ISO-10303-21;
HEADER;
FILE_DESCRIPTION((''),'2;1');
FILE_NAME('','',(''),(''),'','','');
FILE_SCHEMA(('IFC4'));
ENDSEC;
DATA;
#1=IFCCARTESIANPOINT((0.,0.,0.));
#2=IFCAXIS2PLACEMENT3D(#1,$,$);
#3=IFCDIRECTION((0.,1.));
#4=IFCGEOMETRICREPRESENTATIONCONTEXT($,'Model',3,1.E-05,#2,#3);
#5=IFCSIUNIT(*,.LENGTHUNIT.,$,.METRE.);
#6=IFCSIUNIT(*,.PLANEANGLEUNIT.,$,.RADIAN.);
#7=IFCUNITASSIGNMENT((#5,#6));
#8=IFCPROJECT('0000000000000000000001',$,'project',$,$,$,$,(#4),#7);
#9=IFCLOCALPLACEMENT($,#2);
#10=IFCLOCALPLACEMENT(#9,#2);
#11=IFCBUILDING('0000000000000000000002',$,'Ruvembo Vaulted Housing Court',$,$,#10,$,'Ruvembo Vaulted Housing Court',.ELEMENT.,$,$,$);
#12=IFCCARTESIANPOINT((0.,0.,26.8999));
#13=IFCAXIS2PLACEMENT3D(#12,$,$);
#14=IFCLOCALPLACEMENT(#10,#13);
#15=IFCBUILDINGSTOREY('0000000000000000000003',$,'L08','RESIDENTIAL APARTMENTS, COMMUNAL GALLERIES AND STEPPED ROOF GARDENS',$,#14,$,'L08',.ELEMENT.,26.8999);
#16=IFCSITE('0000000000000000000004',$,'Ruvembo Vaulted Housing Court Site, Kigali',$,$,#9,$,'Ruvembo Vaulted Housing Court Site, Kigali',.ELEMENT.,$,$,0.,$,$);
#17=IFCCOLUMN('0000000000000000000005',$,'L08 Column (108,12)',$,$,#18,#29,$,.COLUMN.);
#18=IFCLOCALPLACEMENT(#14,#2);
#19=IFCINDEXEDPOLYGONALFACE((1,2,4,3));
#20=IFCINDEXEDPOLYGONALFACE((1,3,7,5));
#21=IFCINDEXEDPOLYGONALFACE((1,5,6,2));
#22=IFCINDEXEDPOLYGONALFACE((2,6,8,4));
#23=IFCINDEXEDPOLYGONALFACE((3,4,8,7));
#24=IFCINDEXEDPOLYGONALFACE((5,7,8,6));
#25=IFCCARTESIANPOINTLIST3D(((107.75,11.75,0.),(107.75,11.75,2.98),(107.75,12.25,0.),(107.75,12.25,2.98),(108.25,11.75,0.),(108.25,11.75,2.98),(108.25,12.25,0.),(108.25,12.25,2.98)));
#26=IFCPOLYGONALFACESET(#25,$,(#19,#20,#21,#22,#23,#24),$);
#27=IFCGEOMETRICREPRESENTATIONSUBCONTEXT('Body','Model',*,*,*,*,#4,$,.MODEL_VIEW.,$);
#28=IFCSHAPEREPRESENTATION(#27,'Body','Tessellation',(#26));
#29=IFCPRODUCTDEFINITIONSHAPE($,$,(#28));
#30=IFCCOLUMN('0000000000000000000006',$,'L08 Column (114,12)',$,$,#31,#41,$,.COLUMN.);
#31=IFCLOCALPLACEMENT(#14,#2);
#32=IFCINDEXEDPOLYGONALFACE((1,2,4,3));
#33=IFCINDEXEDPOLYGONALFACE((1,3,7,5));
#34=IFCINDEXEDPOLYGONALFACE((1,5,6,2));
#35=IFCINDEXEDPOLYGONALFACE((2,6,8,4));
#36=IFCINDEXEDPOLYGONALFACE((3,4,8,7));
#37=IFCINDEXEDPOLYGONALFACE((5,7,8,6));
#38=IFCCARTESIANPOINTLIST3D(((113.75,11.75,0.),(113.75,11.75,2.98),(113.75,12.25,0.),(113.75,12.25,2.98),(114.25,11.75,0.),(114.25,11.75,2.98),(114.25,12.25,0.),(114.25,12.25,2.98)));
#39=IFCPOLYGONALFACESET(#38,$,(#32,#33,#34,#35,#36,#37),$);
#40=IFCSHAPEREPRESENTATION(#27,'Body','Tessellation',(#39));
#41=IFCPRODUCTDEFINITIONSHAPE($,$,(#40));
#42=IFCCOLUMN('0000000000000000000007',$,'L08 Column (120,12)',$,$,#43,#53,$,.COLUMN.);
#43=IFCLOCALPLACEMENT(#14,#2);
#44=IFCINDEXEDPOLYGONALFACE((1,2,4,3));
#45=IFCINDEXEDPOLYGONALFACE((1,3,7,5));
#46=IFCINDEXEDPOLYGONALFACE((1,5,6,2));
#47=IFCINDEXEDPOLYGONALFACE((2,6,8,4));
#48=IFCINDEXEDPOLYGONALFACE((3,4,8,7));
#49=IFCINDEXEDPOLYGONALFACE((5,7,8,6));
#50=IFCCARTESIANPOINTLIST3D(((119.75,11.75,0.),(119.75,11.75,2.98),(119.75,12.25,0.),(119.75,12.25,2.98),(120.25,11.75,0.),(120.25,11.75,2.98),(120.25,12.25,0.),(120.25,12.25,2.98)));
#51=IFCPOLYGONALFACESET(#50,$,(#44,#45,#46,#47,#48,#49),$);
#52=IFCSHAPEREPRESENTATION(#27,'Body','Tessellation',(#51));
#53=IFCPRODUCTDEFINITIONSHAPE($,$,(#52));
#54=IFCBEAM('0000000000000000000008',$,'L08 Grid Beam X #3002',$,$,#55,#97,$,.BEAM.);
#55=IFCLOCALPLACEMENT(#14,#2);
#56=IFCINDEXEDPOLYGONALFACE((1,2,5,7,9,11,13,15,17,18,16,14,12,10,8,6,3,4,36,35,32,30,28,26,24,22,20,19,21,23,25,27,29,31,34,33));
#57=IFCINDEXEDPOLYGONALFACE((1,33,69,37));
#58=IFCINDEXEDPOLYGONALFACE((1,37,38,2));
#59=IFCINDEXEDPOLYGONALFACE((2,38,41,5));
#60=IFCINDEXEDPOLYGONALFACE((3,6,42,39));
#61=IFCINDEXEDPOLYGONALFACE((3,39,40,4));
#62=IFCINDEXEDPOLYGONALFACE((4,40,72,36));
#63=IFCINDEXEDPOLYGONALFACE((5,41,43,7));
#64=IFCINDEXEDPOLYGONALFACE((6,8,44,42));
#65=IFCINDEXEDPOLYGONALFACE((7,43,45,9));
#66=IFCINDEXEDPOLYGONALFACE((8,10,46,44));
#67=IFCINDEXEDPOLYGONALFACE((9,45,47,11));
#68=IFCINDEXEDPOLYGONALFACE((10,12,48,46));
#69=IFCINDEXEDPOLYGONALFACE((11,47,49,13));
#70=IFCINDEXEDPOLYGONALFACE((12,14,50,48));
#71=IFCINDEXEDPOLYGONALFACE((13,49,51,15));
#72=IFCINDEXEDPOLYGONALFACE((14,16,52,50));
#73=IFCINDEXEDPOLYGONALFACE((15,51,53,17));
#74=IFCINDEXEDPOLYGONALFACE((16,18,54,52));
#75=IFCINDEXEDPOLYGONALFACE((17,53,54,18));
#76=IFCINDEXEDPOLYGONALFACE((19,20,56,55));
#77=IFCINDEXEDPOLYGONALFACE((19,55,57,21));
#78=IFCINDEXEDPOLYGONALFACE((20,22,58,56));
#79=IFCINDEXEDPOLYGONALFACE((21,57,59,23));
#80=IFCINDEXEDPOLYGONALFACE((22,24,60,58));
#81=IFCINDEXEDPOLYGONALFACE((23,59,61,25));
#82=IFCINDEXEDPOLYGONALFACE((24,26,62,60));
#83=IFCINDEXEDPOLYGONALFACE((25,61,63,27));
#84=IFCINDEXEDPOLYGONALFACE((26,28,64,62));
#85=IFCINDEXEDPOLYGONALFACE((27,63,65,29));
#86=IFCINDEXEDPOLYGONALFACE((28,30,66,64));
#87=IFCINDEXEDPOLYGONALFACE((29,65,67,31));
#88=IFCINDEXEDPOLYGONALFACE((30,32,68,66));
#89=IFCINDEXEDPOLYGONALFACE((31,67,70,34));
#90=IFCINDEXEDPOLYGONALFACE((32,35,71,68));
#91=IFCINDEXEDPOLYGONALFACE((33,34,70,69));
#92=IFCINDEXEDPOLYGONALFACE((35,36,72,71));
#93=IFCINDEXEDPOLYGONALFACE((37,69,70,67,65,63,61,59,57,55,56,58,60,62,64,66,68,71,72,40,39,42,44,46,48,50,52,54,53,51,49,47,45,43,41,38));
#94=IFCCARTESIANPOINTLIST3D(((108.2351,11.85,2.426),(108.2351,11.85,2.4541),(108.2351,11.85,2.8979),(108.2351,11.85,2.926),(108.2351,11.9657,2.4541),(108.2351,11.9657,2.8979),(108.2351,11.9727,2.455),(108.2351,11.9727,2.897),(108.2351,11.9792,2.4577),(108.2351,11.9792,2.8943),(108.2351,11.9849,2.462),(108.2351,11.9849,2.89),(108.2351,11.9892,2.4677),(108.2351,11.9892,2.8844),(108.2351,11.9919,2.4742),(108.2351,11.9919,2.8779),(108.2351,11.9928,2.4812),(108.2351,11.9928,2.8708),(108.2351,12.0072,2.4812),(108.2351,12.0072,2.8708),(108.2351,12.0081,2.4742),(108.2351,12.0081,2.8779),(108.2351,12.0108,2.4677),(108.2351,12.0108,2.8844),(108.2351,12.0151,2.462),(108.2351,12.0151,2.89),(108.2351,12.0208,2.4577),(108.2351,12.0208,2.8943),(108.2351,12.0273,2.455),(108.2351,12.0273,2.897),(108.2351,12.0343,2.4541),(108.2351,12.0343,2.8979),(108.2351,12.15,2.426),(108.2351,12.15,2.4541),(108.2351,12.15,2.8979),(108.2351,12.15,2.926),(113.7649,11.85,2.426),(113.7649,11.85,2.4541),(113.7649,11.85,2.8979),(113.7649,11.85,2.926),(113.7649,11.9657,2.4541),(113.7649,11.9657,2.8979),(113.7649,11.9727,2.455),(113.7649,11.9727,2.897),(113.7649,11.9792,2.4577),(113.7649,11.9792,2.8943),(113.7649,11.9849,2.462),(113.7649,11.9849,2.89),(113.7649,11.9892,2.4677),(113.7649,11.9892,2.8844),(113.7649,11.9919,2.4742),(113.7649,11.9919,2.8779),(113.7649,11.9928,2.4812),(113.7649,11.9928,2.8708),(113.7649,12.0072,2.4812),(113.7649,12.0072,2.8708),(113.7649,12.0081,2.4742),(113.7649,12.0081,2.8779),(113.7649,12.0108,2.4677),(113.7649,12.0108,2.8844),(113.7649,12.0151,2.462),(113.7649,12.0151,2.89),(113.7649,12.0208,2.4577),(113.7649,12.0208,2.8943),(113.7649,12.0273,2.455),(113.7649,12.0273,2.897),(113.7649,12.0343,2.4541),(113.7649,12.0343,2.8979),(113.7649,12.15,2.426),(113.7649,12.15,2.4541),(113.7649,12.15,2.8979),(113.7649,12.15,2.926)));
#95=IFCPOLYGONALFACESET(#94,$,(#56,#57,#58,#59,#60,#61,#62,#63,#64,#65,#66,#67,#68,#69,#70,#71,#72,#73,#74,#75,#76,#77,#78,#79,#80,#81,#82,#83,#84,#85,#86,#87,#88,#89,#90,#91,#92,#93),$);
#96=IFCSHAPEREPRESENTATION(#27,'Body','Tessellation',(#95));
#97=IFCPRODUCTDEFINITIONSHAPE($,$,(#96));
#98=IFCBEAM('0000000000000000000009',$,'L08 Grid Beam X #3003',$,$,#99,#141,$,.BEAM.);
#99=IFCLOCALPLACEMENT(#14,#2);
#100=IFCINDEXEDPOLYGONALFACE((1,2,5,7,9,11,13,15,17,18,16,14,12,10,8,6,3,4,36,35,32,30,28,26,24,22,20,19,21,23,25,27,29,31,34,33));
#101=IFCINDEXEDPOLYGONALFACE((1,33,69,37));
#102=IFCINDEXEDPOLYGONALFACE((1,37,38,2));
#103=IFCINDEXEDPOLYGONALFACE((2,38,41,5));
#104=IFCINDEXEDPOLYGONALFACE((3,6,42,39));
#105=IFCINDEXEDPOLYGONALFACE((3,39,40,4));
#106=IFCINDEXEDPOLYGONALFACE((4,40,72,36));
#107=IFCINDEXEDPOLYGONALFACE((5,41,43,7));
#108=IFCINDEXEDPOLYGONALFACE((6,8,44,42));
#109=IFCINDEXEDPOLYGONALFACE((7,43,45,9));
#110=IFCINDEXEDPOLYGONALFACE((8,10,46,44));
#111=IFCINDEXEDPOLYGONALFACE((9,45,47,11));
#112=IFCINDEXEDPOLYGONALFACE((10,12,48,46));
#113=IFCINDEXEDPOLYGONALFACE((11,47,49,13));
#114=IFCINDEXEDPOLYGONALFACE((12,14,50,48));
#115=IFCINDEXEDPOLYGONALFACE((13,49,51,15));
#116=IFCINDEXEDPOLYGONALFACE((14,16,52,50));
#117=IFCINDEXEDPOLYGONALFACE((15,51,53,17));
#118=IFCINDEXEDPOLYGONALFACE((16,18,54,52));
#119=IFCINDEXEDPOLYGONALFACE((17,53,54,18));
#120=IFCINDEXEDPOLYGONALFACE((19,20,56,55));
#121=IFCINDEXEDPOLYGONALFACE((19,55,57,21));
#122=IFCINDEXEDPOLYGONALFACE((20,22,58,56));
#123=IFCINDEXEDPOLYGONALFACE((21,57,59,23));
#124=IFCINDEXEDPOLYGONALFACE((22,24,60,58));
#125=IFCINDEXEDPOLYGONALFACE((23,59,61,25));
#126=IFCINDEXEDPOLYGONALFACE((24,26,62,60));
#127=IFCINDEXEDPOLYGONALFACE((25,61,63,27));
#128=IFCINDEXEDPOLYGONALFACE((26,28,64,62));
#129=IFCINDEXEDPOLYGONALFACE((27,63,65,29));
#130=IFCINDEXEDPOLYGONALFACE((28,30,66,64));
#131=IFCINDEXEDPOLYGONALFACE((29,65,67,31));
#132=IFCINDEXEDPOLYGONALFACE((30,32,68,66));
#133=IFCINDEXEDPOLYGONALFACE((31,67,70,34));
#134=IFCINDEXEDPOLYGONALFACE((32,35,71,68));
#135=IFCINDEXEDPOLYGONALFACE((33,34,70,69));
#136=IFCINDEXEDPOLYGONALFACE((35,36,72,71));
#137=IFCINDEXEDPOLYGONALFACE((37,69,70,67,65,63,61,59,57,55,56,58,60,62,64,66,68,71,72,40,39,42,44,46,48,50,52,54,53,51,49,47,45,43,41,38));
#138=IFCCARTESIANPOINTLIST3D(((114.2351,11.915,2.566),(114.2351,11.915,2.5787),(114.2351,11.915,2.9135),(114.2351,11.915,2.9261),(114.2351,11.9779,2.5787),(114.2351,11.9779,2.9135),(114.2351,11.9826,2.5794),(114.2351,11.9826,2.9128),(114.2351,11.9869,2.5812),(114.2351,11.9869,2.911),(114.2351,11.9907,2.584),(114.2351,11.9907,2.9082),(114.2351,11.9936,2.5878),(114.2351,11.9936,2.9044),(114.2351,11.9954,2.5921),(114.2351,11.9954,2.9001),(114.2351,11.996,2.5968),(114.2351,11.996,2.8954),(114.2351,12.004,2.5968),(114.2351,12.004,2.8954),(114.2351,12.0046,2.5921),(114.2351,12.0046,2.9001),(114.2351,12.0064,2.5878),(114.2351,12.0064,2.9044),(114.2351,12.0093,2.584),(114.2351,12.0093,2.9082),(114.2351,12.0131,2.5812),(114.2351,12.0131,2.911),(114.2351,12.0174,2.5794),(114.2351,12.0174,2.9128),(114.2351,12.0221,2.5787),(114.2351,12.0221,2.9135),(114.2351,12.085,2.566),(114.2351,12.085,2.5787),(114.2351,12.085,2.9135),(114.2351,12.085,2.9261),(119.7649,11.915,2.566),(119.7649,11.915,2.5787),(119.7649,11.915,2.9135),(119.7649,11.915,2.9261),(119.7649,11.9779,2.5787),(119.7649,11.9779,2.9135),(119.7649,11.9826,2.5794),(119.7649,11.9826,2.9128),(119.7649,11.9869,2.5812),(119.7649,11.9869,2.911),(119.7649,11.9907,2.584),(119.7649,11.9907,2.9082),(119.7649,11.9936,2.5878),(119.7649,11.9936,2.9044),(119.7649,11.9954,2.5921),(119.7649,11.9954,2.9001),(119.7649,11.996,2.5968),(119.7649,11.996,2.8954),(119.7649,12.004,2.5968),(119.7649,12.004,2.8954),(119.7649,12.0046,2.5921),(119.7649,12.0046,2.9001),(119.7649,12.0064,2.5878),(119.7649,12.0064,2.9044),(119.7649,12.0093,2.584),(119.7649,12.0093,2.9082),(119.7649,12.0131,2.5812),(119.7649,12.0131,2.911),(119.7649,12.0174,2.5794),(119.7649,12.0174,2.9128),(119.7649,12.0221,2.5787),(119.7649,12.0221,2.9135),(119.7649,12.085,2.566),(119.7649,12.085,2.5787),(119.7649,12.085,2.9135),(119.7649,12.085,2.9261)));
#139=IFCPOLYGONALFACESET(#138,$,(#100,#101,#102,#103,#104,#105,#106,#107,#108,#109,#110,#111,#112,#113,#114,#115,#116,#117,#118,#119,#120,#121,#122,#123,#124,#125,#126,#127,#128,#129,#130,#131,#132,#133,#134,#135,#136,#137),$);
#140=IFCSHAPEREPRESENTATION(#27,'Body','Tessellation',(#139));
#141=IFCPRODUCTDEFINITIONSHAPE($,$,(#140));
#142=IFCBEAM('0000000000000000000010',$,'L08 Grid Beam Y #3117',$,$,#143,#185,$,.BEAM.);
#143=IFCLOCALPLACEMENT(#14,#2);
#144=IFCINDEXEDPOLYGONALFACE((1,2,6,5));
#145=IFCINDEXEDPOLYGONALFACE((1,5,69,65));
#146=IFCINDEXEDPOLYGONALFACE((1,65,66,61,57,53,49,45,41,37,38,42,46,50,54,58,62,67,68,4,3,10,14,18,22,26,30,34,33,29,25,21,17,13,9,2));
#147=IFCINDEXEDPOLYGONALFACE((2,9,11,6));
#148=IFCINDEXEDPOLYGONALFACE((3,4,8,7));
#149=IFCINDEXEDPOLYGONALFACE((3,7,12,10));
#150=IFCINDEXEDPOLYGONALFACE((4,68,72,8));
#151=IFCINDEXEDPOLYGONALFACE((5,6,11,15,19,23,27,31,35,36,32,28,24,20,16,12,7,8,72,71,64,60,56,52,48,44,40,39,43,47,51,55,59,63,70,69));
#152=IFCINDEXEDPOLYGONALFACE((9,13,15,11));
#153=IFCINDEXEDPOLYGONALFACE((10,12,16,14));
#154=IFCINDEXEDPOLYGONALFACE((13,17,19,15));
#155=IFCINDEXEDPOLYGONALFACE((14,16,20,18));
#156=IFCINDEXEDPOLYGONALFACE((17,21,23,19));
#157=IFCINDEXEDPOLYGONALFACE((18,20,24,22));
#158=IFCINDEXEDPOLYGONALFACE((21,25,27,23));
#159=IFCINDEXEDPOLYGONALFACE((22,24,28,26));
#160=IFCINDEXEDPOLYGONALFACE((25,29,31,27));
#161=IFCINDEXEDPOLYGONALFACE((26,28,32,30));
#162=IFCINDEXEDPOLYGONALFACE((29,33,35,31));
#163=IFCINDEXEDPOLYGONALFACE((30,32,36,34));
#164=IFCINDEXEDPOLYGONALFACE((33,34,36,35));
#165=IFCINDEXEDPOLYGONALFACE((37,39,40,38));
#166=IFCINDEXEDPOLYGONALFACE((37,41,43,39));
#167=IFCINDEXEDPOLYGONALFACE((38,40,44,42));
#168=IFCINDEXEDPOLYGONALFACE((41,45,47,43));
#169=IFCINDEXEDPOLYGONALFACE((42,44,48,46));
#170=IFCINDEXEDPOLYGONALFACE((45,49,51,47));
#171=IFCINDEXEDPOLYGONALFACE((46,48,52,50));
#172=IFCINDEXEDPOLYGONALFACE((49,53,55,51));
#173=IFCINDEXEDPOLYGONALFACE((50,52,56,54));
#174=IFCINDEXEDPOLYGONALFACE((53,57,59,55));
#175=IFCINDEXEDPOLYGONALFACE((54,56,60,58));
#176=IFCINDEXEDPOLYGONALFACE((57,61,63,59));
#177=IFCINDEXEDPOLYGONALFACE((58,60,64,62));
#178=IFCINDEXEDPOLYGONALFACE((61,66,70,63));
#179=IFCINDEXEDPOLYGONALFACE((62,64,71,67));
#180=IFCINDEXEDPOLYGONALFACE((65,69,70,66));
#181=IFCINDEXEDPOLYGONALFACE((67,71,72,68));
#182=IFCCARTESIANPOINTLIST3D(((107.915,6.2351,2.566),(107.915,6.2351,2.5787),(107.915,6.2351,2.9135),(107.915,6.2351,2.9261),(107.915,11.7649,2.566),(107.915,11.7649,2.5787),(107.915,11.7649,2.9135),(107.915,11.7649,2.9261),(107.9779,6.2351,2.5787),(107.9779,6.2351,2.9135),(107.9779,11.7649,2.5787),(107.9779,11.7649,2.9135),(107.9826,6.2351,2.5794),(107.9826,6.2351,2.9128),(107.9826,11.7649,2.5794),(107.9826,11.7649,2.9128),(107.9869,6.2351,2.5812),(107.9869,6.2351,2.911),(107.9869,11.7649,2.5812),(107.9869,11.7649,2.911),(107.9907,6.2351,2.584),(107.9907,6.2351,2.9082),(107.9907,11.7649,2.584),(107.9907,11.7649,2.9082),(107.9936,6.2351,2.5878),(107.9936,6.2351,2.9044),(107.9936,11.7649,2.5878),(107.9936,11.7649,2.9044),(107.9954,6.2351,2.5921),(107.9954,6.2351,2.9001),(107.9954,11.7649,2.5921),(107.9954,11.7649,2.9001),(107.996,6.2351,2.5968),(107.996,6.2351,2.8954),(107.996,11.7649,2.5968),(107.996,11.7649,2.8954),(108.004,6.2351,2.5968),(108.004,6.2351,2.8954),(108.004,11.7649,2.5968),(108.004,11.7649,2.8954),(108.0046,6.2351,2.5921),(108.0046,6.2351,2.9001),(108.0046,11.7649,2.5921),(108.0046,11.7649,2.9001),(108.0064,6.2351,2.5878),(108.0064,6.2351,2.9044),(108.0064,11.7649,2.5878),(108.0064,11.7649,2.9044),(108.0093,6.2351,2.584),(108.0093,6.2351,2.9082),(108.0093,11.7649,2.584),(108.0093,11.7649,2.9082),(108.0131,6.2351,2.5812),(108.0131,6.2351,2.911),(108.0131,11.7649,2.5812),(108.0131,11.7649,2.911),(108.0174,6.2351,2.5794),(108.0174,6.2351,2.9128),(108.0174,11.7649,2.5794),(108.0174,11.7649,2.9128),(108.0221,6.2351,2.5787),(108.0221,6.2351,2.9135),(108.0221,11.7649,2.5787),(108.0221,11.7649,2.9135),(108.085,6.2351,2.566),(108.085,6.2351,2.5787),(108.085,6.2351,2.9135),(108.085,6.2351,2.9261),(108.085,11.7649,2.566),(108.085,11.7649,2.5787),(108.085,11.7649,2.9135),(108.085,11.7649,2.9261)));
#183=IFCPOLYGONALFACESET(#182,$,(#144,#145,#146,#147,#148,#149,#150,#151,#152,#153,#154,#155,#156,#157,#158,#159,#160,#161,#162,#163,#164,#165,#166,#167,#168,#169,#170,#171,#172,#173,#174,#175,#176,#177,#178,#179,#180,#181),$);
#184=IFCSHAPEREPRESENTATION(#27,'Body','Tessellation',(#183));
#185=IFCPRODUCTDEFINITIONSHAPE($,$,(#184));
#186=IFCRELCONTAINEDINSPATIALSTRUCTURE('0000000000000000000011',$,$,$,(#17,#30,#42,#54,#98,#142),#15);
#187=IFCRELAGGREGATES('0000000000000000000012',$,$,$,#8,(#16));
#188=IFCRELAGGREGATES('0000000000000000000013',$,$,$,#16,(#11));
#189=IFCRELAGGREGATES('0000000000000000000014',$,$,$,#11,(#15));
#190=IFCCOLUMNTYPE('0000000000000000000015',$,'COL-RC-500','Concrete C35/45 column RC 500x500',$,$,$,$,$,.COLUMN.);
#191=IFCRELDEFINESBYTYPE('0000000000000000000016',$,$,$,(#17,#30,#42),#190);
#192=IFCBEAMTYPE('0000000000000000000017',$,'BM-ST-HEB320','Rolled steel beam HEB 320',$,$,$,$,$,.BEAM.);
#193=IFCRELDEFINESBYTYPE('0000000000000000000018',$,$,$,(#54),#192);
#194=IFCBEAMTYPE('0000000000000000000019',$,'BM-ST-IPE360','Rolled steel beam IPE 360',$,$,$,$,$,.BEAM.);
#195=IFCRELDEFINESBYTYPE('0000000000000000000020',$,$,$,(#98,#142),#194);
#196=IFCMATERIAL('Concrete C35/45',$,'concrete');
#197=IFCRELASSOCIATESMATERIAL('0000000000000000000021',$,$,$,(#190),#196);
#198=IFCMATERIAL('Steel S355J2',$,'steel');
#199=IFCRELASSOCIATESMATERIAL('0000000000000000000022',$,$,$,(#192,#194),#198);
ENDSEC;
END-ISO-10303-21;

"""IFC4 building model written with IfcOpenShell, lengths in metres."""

from ifc_helpers import new_model, si_unit, direction, frame, origin, origin_2d, place, context, subcontext, project, spatial, rectangle, i_section, extrude, material, material_profile, profile_set, type_object, element, save


model = new_model("IFC4")

# Units and contexts
model_context = context("Model", 3, precision=1e-05, world=origin(), true_north=direction((0.0, 1.0)))
body_context = subcontext(model_context, "Body", "Model", "MODEL_VIEW")
ifc_project = project(units=[si_unit("LENGTHUNIT", "METRE"), si_unit("PLANEANGLEUNIT", "RADIAN")], contexts=[model_context])

# Site, building, storey
site_placement = place(None, origin())
site = spatial("IfcSite", under=ifc_project, at=site_placement, Name="Ruvembo Vaulted Housing Court Site, Kigali", LongName="Ruvembo Vaulted Housing Court Site, Kigali", CompositionType="ELEMENT", RefElevation=0.0)
building_placement = place(site_placement, origin())
building = spatial("IfcBuilding", under=site, at=building_placement, Name="Ruvembo Vaulted Housing Court", LongName="Ruvembo Vaulted Housing Court", CompositionType="ELEMENT")
storey_placement = place(building_placement, frame((0.0, 0.0, 26.8999)))
storey = spatial("IfcBuildingStorey", under=building, at=storey_placement, Name="L08", Description="RESIDENTIAL APARTMENTS, COMMUNAL GALLERIES AND STEPPED ROOF GARDENS", LongName="L08", CompositionType="ELEMENT", Elevation=26.8999)

# Columns
ifc_material_1 = material(Name="Concrete C35/45", Category="concrete")
ifc_material_profile_1 = material_profile(ifc_material_1, rectangle(XDim=0.5, YDim=0.5, at=origin_2d()), Name="RC 500x500")
ifc_profile_set_1 = profile_set([ifc_material_profile_1], Name="Concrete C35/45")
column_type = type_object("IfcColumnType", Name="COL-RC-500", Description="Concrete C35/45 column RC 500x500", PredefinedType="COLUMN", material=ifc_profile_set_1)
for number, where, z_axis, x_axis, name in (
    (1, (108.0, 12.0, 0.0), (0.0, 0.0, 1.0), (1.0, 0.0, 0.0), "L08 Column (108,12)"),
    (2, (114.0, 12.0, 0.0), (0.0, 0.0, 1.0), (1.0, 0.0, 0.0), "L08 Column (114,12)"),
    (3, (120.0, 12.0, 0.0), (0.0, 0.0, 1.0), (1.0, 0.0, 0.0), "L08 Column (120,12)"),
):
    element("IfcColumn", number, at=place(storey_placement, frame(where, z_axis=z_axis, x_axis=x_axis)), inside=storey, type_object=column_type, Name=name, PredefinedType="COLUMN", context=body_context, shape_type="SweptSolid", body=[
        extrude(rectangle(XDim=0.5, YDim=0.5, at=origin_2d()), origin(), (0.0, 0.0, 1.0), 2.98),
    ])

# Beams
ifc_material_2 = material(Name="Steel S355J2", Category="steel")
ifc_material_profile_2 = material_profile(ifc_material_2, i_section(OverallWidth=0.3, OverallDepth=0.5, WebThickness=0.0144, FlangeThickness=0.0281, FilletRadius=0.0271, at=origin_2d()), Name="HEB 320")
ifc_profile_set_2 = profile_set([ifc_material_profile_2], Name="Steel S355J2")
beam_type_1 = type_object("IfcBeamType", Name="BM-ST-HEB320", Description="Rolled steel beam HEB 320", PredefinedType="BEAM", material=ifc_profile_set_2)
beam_1_placement = place(storey_placement, frame((108.2351, 12.0, 2.676), z_axis=(1.0, 0.0, 0.0), x_axis=(0.0, 1.0, 0.0)))
element("IfcBeam", 4, at=beam_1_placement, inside=storey, type_object=beam_type_1, Name="L08 Grid Beam X #3002", PredefinedType="BEAM", context=body_context, shape_type="SweptSolid", body=[
    extrude(i_section(OverallWidth=0.3, OverallDepth=0.5, WebThickness=0.0144, FlangeThickness=0.0281, FilletRadius=0.0271, at=origin_2d()), origin(), (0.0, 0.0, 1.0), 5.5298),
])
ifc_material_profile_3 = material_profile(ifc_material_2, i_section(OverallWidth=0.1699, OverallDepth=0.3601, WebThickness=0.0081, FlangeThickness=0.0127, FilletRadius=0.0181, at=origin_2d()), Name="IPE 360")
ifc_profile_set_3 = profile_set([ifc_material_profile_3], Name="Steel S355J2")
beam_type_2 = type_object("IfcBeamType", Name="BM-ST-IPE360", Description="Rolled steel beam IPE 360", PredefinedType="BEAM", material=ifc_profile_set_3)
for number, where, z_axis, x_axis, name in (
    (5, (114.2351, 12.0, 2.7461), (1.0, 0.0, 0.0), (0.0, 1.0, 0.0), "L08 Grid Beam X #3003"),
    (6, (108.0, 6.2351, 2.7461), (0.0, 1.0, 0.0), (-1.0, 0.0, 0.0), "L08 Grid Beam Y #3117"),
):
    element("IfcBeam", number, at=place(storey_placement, frame(where, z_axis=z_axis, x_axis=x_axis)), inside=storey, type_object=beam_type_2, Name=name, PredefinedType="BEAM", context=body_context, shape_type="SweptSolid", body=[
        extrude(i_section(OverallWidth=0.1699, OverallDepth=0.3601, WebThickness=0.0081, FlangeThickness=0.0127, FilletRadius=0.0181, at=origin_2d()), origin(), (0.0, 0.0, 1.0), 5.5298),
    ])

save(model, "model.ifc")
